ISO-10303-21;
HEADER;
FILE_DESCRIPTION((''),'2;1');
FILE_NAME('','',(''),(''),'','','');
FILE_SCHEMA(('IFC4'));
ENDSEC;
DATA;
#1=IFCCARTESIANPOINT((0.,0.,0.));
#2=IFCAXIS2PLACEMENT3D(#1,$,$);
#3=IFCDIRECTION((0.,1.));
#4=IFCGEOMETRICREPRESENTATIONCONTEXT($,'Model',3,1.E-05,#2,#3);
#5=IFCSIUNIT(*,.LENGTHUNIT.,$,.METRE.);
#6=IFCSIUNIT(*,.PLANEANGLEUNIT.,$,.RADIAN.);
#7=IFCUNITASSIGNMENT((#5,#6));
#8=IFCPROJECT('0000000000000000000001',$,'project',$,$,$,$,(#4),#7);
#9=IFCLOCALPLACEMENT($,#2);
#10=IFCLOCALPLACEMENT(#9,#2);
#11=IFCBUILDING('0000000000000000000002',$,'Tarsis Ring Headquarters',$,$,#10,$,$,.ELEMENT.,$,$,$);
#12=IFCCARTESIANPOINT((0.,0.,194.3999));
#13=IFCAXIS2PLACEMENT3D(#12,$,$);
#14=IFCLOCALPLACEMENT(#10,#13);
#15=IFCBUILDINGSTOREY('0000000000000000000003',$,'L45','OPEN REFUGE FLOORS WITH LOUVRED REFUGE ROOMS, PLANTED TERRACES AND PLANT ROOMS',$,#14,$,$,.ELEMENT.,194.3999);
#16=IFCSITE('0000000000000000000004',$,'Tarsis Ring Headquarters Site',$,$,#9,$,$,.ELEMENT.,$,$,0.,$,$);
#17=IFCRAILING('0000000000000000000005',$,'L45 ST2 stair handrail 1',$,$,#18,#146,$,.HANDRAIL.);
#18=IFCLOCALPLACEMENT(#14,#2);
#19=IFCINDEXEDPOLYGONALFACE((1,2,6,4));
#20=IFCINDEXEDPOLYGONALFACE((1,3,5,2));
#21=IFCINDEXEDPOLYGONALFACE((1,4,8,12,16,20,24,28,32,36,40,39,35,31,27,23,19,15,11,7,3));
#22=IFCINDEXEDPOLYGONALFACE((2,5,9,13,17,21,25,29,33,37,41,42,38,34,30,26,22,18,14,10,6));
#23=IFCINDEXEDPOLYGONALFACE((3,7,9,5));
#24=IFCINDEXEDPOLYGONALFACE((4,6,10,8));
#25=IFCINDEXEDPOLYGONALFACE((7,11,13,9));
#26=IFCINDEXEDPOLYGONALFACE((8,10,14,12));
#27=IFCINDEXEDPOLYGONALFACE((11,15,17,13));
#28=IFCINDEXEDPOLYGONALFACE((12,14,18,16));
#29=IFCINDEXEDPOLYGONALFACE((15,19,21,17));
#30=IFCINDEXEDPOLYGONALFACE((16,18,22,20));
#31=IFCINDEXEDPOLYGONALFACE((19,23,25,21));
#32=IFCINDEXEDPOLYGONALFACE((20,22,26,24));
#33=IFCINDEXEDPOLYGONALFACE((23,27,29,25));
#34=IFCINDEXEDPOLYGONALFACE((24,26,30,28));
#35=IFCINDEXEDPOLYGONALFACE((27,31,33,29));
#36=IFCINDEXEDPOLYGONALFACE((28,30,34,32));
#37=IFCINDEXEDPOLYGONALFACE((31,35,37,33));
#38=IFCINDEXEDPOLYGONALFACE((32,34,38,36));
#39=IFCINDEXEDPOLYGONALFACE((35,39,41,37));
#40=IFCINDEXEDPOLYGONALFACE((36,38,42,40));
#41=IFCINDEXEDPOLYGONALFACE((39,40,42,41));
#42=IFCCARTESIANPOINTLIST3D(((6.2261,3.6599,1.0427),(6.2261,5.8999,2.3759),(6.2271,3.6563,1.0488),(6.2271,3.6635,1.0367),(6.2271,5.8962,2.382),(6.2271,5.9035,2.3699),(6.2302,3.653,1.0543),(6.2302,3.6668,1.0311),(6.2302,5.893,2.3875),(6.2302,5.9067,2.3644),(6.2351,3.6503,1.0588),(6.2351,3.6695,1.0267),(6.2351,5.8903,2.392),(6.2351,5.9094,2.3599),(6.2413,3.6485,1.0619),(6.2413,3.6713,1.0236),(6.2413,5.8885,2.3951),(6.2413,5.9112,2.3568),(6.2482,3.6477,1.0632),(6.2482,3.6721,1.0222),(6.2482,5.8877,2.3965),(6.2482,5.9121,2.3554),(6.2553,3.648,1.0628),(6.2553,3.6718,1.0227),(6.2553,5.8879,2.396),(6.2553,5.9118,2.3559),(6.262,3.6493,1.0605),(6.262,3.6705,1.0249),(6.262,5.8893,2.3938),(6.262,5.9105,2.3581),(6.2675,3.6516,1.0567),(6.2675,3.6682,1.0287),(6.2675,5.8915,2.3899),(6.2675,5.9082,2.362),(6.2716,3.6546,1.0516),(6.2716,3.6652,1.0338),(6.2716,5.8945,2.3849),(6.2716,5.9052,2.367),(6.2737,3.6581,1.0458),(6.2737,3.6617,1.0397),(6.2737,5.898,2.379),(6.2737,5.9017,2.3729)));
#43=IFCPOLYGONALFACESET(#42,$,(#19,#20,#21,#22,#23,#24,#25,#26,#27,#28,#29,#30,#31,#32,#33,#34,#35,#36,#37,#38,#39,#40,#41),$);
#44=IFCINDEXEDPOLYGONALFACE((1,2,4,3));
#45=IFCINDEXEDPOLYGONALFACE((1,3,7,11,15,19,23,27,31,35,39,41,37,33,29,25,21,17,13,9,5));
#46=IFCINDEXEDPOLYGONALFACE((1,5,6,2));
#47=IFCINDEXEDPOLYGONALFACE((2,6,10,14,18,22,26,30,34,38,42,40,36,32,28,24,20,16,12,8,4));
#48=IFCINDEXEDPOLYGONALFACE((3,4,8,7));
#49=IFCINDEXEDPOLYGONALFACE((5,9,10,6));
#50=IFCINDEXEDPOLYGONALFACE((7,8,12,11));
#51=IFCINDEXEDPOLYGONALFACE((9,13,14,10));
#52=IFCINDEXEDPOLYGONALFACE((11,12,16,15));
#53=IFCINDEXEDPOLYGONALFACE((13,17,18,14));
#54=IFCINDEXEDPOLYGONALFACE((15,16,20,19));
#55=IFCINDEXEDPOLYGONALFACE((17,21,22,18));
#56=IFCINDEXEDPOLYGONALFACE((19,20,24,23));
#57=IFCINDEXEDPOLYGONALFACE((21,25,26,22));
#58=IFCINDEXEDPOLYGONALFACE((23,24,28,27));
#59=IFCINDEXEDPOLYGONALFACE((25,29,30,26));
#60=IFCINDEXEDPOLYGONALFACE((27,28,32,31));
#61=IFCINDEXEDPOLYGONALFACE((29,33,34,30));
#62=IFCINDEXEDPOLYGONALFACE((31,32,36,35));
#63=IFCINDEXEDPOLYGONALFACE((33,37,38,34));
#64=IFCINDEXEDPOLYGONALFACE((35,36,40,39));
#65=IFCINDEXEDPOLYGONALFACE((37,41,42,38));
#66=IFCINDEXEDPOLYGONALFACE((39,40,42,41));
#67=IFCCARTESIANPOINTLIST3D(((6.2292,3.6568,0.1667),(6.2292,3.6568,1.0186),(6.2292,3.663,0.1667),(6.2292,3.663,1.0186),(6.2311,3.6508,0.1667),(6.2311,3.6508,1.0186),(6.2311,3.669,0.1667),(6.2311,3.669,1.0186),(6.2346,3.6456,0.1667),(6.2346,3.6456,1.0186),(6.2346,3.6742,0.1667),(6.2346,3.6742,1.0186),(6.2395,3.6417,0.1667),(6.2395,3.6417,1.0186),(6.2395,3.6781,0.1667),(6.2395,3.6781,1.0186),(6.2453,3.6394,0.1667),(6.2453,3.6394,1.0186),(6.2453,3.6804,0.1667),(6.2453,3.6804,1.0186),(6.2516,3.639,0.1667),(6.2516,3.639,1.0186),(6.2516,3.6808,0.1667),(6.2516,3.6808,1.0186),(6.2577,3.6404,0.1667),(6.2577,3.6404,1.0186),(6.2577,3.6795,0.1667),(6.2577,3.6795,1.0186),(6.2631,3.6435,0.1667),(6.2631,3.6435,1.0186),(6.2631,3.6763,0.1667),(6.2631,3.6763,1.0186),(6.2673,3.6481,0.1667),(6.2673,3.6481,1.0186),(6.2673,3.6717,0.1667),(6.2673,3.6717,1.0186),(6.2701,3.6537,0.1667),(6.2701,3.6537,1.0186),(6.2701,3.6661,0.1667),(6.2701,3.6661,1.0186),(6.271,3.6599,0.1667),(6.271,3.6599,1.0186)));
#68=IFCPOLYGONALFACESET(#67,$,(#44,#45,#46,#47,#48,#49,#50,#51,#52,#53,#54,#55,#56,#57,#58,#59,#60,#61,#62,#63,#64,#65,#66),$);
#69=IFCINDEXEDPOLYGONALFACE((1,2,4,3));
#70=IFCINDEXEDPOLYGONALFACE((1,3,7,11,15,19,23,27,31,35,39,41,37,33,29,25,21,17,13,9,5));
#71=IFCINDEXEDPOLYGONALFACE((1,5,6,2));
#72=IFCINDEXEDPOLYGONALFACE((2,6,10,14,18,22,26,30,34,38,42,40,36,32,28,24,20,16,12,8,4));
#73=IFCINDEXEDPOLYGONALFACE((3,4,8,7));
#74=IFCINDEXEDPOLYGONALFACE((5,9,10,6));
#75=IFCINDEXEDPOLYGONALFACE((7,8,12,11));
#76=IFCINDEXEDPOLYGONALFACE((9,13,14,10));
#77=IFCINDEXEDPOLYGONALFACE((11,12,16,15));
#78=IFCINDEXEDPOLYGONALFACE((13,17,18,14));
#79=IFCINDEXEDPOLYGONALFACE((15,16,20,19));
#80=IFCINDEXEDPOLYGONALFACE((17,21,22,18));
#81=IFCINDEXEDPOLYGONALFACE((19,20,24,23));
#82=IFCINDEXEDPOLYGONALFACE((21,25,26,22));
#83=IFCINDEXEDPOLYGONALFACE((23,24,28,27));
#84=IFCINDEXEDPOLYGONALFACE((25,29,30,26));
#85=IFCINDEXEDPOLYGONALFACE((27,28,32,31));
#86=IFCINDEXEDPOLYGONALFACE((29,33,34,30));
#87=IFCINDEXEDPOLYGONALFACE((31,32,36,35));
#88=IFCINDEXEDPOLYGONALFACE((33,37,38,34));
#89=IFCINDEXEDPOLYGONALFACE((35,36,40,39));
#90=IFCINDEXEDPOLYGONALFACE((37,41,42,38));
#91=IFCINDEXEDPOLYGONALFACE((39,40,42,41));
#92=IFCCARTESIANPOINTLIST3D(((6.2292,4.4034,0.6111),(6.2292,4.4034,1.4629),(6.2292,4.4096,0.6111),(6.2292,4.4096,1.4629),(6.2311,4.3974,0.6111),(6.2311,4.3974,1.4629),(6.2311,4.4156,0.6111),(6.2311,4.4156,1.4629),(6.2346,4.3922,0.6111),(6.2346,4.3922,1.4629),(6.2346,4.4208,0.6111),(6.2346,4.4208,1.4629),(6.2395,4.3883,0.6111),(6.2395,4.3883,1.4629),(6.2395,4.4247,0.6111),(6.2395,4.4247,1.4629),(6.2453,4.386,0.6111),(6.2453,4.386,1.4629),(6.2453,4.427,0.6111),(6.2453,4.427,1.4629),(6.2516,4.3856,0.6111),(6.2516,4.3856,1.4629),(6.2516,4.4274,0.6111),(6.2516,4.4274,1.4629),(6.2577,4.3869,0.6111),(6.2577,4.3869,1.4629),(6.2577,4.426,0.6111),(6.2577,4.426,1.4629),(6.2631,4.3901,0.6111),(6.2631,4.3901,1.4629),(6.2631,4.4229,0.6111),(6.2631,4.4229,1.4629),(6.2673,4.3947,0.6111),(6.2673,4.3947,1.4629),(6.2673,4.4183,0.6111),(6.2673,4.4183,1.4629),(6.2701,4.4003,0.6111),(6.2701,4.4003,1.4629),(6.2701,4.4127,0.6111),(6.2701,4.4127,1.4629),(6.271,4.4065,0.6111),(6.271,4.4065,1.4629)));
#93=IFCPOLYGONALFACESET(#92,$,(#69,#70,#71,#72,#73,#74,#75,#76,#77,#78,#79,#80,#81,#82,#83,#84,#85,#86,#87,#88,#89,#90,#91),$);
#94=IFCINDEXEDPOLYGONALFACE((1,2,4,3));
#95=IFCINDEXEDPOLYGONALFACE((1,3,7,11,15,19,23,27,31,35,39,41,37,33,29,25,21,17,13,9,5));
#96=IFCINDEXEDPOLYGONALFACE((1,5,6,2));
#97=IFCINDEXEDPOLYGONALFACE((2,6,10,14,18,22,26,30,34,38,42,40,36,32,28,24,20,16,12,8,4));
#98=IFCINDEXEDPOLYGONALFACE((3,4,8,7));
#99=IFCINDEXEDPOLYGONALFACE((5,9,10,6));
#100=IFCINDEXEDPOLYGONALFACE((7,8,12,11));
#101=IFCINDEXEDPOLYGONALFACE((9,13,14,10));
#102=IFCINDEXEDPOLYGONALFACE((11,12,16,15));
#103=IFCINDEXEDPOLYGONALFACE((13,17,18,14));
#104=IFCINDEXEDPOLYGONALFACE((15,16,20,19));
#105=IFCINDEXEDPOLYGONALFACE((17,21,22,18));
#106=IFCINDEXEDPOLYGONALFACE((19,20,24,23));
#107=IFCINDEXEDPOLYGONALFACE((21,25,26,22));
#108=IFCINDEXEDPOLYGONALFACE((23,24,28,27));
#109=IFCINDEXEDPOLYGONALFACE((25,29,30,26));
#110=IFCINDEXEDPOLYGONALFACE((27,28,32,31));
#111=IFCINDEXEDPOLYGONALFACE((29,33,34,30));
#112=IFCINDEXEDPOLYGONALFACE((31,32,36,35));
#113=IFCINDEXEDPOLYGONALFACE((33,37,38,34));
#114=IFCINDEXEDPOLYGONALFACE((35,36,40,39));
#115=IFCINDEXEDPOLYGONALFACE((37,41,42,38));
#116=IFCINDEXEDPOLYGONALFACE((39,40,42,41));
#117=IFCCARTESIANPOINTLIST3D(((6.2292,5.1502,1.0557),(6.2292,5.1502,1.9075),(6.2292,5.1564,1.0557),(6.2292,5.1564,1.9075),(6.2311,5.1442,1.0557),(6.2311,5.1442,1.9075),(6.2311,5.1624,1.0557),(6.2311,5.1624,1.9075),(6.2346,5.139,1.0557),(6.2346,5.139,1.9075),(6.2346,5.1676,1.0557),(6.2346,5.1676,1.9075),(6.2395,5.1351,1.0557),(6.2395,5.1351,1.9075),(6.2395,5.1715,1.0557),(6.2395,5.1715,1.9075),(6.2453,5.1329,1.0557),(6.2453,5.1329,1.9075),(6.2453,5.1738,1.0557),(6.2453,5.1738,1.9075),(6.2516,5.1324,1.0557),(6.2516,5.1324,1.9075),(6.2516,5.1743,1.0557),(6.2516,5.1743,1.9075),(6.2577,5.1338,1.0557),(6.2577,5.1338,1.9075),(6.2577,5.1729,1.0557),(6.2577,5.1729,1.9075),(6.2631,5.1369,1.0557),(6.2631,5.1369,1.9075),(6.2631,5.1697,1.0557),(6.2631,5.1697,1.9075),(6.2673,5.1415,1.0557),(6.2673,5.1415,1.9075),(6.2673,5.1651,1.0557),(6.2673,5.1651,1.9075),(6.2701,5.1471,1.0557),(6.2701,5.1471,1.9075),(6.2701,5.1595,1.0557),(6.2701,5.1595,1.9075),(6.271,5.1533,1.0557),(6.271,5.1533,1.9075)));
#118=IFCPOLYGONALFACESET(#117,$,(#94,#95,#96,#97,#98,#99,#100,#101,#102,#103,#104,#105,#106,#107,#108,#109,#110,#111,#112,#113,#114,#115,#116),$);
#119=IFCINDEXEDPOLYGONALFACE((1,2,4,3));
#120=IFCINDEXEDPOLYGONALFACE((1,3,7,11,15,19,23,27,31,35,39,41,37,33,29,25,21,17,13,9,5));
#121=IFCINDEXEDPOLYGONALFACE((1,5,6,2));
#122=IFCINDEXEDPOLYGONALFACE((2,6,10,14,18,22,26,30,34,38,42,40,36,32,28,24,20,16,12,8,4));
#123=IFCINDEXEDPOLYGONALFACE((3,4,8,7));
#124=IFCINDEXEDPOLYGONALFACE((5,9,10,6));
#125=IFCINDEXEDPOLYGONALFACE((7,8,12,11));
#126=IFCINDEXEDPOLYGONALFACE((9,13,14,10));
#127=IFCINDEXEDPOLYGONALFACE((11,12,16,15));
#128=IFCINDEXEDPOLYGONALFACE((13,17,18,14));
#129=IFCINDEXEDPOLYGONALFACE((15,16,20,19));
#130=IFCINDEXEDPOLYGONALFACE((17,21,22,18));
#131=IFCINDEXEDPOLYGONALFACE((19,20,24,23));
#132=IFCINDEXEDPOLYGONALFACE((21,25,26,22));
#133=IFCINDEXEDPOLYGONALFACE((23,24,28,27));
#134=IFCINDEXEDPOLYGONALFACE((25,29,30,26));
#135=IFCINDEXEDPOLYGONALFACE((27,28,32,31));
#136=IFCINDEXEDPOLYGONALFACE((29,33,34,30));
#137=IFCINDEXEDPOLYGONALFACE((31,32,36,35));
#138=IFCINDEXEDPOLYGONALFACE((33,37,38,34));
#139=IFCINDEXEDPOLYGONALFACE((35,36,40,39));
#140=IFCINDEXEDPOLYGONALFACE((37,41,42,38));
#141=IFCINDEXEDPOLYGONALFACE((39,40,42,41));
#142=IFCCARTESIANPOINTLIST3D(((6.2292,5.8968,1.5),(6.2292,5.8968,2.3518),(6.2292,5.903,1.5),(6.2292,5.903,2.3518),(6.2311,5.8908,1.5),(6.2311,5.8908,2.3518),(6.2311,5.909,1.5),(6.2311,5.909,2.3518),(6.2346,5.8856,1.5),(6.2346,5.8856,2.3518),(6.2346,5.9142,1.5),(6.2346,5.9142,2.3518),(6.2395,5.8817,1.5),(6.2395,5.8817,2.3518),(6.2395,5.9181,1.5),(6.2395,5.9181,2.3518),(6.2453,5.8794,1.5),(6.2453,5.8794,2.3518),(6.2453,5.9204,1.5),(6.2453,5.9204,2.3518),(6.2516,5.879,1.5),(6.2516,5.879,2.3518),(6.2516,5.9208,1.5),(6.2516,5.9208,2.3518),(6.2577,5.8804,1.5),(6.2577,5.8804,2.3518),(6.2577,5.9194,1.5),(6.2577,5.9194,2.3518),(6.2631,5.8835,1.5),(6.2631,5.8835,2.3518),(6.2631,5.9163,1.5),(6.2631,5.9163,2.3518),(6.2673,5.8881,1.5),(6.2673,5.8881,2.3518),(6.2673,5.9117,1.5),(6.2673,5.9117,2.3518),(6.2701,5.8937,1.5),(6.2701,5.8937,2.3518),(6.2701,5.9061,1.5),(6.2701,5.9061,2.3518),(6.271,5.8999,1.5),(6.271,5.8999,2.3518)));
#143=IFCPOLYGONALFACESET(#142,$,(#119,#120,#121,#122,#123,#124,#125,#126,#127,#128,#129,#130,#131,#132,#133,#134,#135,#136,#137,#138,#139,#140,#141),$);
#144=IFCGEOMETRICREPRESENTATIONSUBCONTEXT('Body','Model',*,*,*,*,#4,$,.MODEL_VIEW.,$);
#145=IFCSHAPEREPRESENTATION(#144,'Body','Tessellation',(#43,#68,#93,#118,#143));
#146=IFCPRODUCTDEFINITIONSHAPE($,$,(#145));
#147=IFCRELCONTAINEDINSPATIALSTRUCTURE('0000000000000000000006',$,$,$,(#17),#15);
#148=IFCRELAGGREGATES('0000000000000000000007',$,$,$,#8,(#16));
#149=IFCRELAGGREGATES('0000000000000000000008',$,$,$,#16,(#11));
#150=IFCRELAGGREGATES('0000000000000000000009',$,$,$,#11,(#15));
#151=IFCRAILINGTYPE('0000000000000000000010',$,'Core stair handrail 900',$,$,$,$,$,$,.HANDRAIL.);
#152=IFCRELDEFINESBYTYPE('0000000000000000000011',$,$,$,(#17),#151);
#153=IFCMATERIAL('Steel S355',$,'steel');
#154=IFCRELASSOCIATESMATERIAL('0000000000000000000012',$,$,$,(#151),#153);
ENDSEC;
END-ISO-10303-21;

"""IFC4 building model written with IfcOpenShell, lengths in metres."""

from ifc_helpers import new_model, si_unit, direction, frame, origin, origin_2d, place, context, subcontext, project, spatial, circle, extrude, material, type_object, element, save


model = new_model("IFC4")

# Units and contexts
model_context = context("Model", 3, precision=1e-05, world=origin(), true_north=direction((0.0, 1.0)))
body_context = subcontext(model_context, "Body", "Model", "MODEL_VIEW")
ifc_project = project(units=[si_unit("LENGTHUNIT", "METRE"), si_unit("PLANEANGLEUNIT", "RADIAN")], contexts=[model_context])

# Site, building, storey
site_placement = place(None, origin())
site = spatial("IfcSite", under=ifc_project, at=site_placement, Name="Tarsis Ring Headquarters Site", CompositionType="ELEMENT", RefElevation=0.0)
building_placement = place(site_placement, origin())
building = spatial("IfcBuilding", under=site, at=building_placement, Name="Tarsis Ring Headquarters", CompositionType="ELEMENT")
storey_placement = place(building_placement, frame((0.0, 0.0, 194.3999)))
storey = spatial("IfcBuildingStorey", under=building, at=storey_placement, Name="L45", Description="OPEN REFUGE FLOORS WITH LOUVRED REFUGE ROOMS, PLANTED TERRACES AND PLANT ROOMS", CompositionType="ELEMENT", Elevation=194.3999)

# Shared definitions
ifc_material_1 = material(Name="Steel S355", Category="steel")

# Railing
railing_type_1 = type_object("IfcRailingType", Name="Core stair handrail 900", PredefinedType="HANDRAIL", material=ifc_material_1)
for number, where, name in (
    (1, (6.25, 3.6599, 0.1667), "L45 ST2 stair handrail 1"),
):
    element("IfcRailing", number, at=place(storey_placement, frame(where)), inside=storey, type_object=railing_type_1, Name=name, PredefinedType="HANDRAIL", context=body_context, shape_type="SweptSolid", body=[
        extrude(circle(Radius=0.0239, at=origin_2d()), frame((0.0, 0.0, 0.876), z_axis=(0.0, 0.859306, 0.511462), x_axis=(-1.0, 0.0, 0.0)), (0.0, 0.0, 1.0), 2.6067),
        extrude(circle(Radius=0.021, at=origin_2d()), origin(), (0.0, 0.0, 1.0), 0.8518),
        extrude(circle(Radius=0.021, at=origin_2d()), frame((0.0, 0.7466, 0.4443)), (0.0, 0.0, 1.0), 0.8518),
        extrude(circle(Radius=0.021, at=origin_2d()), frame((0.0, 1.4934, 0.8889)), (0.0, 0.0, 1.0), 0.8518),
        extrude(circle(Radius=0.021, at=origin_2d()), frame((0.0, 2.24, 1.3333)), (0.0, 0.0, 1.0), 0.8518),
    ])

save(model, "model.ifc")
